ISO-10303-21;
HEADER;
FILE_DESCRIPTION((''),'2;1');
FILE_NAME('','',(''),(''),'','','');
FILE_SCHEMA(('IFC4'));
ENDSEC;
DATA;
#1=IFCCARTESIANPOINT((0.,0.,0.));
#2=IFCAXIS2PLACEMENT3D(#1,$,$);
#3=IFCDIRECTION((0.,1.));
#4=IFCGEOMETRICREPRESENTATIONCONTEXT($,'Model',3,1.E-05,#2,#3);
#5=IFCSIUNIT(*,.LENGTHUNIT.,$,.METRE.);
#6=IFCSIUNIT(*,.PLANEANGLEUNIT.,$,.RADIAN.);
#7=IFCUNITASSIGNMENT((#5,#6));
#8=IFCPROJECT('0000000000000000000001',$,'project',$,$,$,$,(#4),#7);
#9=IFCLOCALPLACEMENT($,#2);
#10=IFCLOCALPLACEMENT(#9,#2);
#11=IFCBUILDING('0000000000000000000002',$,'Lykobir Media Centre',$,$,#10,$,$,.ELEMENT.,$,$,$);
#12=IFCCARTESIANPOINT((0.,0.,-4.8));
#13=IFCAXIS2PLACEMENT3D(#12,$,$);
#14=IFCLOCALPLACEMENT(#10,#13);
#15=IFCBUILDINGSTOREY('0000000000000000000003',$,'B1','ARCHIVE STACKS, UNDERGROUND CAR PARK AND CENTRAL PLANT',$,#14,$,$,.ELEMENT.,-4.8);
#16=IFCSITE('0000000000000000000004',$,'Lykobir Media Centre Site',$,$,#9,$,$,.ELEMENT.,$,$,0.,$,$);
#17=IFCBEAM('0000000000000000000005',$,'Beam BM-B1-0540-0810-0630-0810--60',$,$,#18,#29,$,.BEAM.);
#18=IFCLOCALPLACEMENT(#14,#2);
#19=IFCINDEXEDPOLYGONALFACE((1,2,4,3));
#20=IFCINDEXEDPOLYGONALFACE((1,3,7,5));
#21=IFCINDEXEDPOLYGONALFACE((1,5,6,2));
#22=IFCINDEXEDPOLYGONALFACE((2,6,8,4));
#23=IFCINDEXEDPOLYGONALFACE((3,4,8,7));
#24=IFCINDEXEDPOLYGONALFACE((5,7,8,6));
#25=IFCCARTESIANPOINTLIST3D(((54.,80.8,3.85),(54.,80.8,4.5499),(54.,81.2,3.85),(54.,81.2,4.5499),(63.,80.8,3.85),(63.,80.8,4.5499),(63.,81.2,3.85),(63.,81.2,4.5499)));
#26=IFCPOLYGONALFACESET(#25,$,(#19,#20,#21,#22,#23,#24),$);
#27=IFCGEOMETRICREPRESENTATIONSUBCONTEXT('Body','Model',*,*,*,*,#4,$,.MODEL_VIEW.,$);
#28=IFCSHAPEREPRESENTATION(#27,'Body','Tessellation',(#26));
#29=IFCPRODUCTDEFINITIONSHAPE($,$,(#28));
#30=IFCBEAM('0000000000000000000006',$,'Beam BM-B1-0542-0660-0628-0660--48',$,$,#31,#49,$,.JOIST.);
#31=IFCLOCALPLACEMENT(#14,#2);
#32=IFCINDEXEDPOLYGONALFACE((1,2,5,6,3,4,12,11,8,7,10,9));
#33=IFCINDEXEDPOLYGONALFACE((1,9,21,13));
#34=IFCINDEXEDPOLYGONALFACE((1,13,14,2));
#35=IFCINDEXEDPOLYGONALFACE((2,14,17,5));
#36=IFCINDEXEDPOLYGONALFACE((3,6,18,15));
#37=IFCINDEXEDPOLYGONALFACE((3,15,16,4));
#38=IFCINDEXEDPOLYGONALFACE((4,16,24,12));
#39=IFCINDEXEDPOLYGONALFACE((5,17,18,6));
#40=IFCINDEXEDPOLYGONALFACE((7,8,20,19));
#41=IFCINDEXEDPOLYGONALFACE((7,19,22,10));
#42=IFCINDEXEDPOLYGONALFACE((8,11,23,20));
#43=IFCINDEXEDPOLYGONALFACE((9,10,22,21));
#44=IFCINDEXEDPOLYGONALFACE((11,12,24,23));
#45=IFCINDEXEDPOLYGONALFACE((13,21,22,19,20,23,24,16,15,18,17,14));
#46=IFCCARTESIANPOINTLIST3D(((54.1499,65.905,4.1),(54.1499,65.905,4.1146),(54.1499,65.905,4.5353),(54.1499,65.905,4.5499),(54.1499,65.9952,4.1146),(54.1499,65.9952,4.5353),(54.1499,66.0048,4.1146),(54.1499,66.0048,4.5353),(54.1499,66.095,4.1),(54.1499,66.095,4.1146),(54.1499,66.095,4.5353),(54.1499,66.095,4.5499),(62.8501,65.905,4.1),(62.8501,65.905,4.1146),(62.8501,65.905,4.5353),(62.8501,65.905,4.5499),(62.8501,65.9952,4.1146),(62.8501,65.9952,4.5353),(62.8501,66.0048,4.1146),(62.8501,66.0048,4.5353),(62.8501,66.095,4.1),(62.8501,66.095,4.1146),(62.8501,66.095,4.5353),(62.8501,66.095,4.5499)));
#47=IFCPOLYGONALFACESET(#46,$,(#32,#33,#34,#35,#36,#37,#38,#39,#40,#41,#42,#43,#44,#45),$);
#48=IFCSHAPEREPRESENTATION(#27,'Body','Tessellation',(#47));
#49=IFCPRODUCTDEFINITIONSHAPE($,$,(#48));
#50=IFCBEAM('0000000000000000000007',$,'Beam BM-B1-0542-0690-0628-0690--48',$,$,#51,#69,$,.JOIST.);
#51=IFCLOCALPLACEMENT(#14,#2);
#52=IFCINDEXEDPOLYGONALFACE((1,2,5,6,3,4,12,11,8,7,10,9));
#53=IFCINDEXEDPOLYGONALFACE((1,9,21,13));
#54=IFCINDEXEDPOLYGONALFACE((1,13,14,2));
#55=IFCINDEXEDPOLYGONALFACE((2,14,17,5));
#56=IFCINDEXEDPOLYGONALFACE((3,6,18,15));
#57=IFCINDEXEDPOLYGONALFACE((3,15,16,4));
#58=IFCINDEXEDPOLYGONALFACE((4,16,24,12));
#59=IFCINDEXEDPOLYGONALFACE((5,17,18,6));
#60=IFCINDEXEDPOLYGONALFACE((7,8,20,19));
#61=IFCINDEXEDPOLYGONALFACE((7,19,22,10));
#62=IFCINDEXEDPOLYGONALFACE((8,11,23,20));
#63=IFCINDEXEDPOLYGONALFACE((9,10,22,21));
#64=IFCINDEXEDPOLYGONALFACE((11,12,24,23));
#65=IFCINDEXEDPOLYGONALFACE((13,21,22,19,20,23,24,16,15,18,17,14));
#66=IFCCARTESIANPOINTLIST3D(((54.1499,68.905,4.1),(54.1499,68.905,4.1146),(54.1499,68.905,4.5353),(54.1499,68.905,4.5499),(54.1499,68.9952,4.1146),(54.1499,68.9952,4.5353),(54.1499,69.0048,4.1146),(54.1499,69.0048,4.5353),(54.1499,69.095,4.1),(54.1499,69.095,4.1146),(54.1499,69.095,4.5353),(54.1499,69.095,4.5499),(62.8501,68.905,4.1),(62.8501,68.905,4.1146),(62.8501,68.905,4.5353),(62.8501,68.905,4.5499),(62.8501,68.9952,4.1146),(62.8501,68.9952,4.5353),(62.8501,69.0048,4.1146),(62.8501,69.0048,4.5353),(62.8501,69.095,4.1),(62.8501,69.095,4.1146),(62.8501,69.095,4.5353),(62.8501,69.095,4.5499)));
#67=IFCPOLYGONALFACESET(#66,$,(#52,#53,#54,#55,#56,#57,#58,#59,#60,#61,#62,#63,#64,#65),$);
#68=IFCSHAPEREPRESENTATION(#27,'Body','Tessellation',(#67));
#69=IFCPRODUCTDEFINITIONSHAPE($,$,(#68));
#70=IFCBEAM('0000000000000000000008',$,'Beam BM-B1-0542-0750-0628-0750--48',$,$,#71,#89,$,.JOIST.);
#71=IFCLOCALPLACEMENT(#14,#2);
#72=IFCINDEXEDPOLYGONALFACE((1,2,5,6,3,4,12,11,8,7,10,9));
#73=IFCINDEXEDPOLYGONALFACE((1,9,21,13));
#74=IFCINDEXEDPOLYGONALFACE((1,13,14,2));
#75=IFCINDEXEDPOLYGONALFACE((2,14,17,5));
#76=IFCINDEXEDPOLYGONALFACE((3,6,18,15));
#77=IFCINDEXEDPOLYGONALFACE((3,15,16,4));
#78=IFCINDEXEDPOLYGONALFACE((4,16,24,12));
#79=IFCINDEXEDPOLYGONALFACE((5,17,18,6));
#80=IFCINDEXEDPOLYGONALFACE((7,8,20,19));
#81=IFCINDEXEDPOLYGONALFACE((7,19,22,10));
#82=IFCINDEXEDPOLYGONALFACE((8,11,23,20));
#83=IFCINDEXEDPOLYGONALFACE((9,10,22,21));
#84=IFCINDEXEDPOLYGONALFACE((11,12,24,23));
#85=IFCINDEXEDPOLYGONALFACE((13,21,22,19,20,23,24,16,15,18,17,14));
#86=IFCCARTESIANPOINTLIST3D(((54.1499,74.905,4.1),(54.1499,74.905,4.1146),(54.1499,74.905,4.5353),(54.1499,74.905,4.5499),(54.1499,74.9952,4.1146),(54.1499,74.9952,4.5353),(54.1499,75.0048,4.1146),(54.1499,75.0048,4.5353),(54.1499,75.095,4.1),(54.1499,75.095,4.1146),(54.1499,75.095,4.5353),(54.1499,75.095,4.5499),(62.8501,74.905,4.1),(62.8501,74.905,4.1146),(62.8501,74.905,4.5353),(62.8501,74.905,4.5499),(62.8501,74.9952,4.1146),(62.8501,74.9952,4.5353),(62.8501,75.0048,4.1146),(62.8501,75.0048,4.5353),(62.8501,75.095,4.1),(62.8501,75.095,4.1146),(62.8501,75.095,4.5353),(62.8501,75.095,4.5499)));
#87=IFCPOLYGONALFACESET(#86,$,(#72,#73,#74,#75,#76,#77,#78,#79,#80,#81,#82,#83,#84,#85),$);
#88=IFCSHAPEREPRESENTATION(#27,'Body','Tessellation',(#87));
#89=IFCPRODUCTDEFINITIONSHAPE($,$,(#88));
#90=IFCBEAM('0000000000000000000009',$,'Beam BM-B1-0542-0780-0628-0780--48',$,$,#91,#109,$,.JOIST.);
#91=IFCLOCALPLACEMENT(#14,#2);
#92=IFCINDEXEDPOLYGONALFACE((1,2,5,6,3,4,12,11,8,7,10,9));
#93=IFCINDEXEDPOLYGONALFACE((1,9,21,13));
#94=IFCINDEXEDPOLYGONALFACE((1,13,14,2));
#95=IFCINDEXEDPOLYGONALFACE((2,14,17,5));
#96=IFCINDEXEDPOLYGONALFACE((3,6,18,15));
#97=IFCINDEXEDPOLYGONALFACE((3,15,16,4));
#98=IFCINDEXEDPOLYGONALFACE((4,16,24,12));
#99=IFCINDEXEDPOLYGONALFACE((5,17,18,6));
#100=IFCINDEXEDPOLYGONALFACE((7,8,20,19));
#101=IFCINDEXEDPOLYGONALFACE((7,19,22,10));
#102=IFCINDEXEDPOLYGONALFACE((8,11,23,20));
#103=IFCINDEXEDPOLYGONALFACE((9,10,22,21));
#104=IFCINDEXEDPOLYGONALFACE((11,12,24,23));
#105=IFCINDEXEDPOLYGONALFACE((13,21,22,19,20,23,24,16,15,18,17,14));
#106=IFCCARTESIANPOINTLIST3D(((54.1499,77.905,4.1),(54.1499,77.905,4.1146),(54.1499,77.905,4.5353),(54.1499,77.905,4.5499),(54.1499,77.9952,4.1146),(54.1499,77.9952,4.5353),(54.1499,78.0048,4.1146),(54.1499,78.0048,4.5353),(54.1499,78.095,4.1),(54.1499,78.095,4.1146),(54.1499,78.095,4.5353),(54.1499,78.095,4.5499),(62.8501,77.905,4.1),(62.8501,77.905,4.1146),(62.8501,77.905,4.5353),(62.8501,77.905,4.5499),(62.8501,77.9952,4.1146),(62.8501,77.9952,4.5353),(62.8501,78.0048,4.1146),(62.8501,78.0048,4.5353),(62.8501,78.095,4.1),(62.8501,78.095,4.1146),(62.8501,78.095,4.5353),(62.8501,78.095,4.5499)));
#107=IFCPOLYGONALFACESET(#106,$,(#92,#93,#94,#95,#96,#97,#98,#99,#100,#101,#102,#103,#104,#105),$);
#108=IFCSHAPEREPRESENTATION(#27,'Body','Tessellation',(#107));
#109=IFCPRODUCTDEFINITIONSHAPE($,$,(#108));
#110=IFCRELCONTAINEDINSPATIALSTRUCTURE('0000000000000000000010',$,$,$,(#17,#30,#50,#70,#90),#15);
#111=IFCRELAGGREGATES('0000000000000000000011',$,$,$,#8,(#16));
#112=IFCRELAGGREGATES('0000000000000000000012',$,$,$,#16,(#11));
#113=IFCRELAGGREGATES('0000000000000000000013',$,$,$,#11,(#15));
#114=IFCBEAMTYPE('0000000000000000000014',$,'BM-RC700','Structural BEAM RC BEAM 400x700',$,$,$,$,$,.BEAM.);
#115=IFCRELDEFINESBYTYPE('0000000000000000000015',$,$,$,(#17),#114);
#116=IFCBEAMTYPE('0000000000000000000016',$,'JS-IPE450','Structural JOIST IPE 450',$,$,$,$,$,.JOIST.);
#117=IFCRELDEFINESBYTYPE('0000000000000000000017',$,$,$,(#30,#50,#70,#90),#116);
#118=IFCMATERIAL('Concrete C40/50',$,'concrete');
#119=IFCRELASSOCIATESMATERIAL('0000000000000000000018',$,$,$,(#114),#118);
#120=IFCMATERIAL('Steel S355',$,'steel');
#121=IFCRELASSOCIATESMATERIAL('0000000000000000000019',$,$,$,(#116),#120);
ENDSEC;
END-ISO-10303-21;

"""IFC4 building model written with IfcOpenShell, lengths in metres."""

from ifc_helpers import new_model, si_unit, direction, frame, origin, origin_2d, place, context, subcontext, project, spatial, rectangle, i_section, extrude, material, material_profile, profile_set, type_object, element, save


model = new_model("IFC4")

# Units and contexts
model_context = context("Model", 3, precision=1e-05, world=origin(), true_north=direction((0.0, 1.0)))
body_context = subcontext(model_context, "Body", "Model", "MODEL_VIEW")
ifc_project = project(units=[si_unit("LENGTHUNIT", "METRE"), si_unit("PLANEANGLEUNIT", "RADIAN")], contexts=[model_context])

# Site, building, storey
site_placement = place(None, origin())
site = spatial("IfcSite", under=ifc_project, at=site_placement, Name="Lykobir Media Centre Site", CompositionType="ELEMENT", RefElevation=0.0)
building_placement = place(site_placement, origin())
building = spatial("IfcBuilding", under=site, at=building_placement, Name="Lykobir Media Centre", CompositionType="ELEMENT")
storey_placement = place(building_placement, frame((0.0, 0.0, -4.8)))
storey = spatial("IfcBuildingStorey", under=building, at=storey_placement, Name="B1", Description="ARCHIVE STACKS, UNDERGROUND CAR PARK AND CENTRAL PLANT", CompositionType="ELEMENT", Elevation=-4.8)

# Shared definitions
ifc_material_1 = material(Name="Concrete C40/50", Category="concrete")
ifc_material_2 = material(Name="Steel S355", Category="steel")

# Beams
ifc_material_profile_1 = material_profile(ifc_material_1, rectangle(XDim=0.3999, YDim=0.7, at=origin_2d()), Name="RC BEAM 400x700")
ifc_profile_set_1 = profile_set([ifc_material_profile_1], Name="Concrete C40/50")
beam_type_1 = type_object("IfcBeamType", Name="BM-RC700", Description="Structural BEAM RC BEAM 400x700", PredefinedType="BEAM", material=ifc_profile_set_1)
for number, where, z_axis, x_axis, name in (
    (1, (54.0, 81.0, 4.2), (1.0, 0.0, 0.0), (0.0, 1.0, 0.0), "Beam BM-B1-0540-0810-0630-0810--60"),
):
    element("IfcBeam", number, at=place(storey_placement, frame(where, z_axis=z_axis, x_axis=x_axis)), inside=storey, type_object=beam_type_1, Name=name, PredefinedType="BEAM", context=body_context, shape_type="SweptSolid", body=[
        extrude(rectangle(XDim=0.3999, YDim=0.7, at=origin_2d()), origin(), (0.0, 0.0, 1.0), 9.0),
    ])
ifc_material_profile_2 = material_profile(ifc_material_2, i_section(OverallWidth=0.1899, OverallDepth=0.45, WebThickness=0.0095, FlangeThickness=0.0146, at=origin_2d()), Name="IPE 450")
ifc_profile_set_2 = profile_set([ifc_material_profile_2], Name="Steel S355")
beam_type_2 = type_object("IfcBeamType", Name="JS-IPE450", Description="Structural JOIST IPE 450", PredefinedType="JOIST", material=ifc_profile_set_2)
for number, where, z_axis, x_axis, name in (
    (2, (54.1499, 66.0, 4.325), (1.0, 0.0, 0.0), (0.0, 1.0, 0.0), "Beam BM-B1-0542-0660-0628-0660--48"),
    (3, (54.1499, 69.0, 4.325), (1.0, 0.0, 0.0), (0.0, 1.0, 0.0), "Beam BM-B1-0542-0690-0628-0690--48"),
    (4, (54.1499, 75.0, 4.325), (1.0, 0.0, 0.0), (0.0, 1.0, 0.0), "Beam BM-B1-0542-0750-0628-0750--48"),
    (5, (54.1499, 78.0, 4.325), (1.0, 0.0, 0.0), (0.0, 1.0, 0.0), "Beam BM-B1-0542-0780-0628-0780--48"),
):
    element("IfcBeam", number, at=place(storey_placement, frame(where, z_axis=z_axis, x_axis=x_axis)), inside=storey, type_object=beam_type_2, Name=name, PredefinedType="JOIST", context=body_context, shape_type="SweptSolid", body=[
        extrude(i_section(OverallWidth=0.1899, OverallDepth=0.45, WebThickness=0.0095, FlangeThickness=0.0146, at=origin_2d()), origin(), (0.0, 0.0, 1.0), 8.7002),
    ])

save(model, "model.ifc")
